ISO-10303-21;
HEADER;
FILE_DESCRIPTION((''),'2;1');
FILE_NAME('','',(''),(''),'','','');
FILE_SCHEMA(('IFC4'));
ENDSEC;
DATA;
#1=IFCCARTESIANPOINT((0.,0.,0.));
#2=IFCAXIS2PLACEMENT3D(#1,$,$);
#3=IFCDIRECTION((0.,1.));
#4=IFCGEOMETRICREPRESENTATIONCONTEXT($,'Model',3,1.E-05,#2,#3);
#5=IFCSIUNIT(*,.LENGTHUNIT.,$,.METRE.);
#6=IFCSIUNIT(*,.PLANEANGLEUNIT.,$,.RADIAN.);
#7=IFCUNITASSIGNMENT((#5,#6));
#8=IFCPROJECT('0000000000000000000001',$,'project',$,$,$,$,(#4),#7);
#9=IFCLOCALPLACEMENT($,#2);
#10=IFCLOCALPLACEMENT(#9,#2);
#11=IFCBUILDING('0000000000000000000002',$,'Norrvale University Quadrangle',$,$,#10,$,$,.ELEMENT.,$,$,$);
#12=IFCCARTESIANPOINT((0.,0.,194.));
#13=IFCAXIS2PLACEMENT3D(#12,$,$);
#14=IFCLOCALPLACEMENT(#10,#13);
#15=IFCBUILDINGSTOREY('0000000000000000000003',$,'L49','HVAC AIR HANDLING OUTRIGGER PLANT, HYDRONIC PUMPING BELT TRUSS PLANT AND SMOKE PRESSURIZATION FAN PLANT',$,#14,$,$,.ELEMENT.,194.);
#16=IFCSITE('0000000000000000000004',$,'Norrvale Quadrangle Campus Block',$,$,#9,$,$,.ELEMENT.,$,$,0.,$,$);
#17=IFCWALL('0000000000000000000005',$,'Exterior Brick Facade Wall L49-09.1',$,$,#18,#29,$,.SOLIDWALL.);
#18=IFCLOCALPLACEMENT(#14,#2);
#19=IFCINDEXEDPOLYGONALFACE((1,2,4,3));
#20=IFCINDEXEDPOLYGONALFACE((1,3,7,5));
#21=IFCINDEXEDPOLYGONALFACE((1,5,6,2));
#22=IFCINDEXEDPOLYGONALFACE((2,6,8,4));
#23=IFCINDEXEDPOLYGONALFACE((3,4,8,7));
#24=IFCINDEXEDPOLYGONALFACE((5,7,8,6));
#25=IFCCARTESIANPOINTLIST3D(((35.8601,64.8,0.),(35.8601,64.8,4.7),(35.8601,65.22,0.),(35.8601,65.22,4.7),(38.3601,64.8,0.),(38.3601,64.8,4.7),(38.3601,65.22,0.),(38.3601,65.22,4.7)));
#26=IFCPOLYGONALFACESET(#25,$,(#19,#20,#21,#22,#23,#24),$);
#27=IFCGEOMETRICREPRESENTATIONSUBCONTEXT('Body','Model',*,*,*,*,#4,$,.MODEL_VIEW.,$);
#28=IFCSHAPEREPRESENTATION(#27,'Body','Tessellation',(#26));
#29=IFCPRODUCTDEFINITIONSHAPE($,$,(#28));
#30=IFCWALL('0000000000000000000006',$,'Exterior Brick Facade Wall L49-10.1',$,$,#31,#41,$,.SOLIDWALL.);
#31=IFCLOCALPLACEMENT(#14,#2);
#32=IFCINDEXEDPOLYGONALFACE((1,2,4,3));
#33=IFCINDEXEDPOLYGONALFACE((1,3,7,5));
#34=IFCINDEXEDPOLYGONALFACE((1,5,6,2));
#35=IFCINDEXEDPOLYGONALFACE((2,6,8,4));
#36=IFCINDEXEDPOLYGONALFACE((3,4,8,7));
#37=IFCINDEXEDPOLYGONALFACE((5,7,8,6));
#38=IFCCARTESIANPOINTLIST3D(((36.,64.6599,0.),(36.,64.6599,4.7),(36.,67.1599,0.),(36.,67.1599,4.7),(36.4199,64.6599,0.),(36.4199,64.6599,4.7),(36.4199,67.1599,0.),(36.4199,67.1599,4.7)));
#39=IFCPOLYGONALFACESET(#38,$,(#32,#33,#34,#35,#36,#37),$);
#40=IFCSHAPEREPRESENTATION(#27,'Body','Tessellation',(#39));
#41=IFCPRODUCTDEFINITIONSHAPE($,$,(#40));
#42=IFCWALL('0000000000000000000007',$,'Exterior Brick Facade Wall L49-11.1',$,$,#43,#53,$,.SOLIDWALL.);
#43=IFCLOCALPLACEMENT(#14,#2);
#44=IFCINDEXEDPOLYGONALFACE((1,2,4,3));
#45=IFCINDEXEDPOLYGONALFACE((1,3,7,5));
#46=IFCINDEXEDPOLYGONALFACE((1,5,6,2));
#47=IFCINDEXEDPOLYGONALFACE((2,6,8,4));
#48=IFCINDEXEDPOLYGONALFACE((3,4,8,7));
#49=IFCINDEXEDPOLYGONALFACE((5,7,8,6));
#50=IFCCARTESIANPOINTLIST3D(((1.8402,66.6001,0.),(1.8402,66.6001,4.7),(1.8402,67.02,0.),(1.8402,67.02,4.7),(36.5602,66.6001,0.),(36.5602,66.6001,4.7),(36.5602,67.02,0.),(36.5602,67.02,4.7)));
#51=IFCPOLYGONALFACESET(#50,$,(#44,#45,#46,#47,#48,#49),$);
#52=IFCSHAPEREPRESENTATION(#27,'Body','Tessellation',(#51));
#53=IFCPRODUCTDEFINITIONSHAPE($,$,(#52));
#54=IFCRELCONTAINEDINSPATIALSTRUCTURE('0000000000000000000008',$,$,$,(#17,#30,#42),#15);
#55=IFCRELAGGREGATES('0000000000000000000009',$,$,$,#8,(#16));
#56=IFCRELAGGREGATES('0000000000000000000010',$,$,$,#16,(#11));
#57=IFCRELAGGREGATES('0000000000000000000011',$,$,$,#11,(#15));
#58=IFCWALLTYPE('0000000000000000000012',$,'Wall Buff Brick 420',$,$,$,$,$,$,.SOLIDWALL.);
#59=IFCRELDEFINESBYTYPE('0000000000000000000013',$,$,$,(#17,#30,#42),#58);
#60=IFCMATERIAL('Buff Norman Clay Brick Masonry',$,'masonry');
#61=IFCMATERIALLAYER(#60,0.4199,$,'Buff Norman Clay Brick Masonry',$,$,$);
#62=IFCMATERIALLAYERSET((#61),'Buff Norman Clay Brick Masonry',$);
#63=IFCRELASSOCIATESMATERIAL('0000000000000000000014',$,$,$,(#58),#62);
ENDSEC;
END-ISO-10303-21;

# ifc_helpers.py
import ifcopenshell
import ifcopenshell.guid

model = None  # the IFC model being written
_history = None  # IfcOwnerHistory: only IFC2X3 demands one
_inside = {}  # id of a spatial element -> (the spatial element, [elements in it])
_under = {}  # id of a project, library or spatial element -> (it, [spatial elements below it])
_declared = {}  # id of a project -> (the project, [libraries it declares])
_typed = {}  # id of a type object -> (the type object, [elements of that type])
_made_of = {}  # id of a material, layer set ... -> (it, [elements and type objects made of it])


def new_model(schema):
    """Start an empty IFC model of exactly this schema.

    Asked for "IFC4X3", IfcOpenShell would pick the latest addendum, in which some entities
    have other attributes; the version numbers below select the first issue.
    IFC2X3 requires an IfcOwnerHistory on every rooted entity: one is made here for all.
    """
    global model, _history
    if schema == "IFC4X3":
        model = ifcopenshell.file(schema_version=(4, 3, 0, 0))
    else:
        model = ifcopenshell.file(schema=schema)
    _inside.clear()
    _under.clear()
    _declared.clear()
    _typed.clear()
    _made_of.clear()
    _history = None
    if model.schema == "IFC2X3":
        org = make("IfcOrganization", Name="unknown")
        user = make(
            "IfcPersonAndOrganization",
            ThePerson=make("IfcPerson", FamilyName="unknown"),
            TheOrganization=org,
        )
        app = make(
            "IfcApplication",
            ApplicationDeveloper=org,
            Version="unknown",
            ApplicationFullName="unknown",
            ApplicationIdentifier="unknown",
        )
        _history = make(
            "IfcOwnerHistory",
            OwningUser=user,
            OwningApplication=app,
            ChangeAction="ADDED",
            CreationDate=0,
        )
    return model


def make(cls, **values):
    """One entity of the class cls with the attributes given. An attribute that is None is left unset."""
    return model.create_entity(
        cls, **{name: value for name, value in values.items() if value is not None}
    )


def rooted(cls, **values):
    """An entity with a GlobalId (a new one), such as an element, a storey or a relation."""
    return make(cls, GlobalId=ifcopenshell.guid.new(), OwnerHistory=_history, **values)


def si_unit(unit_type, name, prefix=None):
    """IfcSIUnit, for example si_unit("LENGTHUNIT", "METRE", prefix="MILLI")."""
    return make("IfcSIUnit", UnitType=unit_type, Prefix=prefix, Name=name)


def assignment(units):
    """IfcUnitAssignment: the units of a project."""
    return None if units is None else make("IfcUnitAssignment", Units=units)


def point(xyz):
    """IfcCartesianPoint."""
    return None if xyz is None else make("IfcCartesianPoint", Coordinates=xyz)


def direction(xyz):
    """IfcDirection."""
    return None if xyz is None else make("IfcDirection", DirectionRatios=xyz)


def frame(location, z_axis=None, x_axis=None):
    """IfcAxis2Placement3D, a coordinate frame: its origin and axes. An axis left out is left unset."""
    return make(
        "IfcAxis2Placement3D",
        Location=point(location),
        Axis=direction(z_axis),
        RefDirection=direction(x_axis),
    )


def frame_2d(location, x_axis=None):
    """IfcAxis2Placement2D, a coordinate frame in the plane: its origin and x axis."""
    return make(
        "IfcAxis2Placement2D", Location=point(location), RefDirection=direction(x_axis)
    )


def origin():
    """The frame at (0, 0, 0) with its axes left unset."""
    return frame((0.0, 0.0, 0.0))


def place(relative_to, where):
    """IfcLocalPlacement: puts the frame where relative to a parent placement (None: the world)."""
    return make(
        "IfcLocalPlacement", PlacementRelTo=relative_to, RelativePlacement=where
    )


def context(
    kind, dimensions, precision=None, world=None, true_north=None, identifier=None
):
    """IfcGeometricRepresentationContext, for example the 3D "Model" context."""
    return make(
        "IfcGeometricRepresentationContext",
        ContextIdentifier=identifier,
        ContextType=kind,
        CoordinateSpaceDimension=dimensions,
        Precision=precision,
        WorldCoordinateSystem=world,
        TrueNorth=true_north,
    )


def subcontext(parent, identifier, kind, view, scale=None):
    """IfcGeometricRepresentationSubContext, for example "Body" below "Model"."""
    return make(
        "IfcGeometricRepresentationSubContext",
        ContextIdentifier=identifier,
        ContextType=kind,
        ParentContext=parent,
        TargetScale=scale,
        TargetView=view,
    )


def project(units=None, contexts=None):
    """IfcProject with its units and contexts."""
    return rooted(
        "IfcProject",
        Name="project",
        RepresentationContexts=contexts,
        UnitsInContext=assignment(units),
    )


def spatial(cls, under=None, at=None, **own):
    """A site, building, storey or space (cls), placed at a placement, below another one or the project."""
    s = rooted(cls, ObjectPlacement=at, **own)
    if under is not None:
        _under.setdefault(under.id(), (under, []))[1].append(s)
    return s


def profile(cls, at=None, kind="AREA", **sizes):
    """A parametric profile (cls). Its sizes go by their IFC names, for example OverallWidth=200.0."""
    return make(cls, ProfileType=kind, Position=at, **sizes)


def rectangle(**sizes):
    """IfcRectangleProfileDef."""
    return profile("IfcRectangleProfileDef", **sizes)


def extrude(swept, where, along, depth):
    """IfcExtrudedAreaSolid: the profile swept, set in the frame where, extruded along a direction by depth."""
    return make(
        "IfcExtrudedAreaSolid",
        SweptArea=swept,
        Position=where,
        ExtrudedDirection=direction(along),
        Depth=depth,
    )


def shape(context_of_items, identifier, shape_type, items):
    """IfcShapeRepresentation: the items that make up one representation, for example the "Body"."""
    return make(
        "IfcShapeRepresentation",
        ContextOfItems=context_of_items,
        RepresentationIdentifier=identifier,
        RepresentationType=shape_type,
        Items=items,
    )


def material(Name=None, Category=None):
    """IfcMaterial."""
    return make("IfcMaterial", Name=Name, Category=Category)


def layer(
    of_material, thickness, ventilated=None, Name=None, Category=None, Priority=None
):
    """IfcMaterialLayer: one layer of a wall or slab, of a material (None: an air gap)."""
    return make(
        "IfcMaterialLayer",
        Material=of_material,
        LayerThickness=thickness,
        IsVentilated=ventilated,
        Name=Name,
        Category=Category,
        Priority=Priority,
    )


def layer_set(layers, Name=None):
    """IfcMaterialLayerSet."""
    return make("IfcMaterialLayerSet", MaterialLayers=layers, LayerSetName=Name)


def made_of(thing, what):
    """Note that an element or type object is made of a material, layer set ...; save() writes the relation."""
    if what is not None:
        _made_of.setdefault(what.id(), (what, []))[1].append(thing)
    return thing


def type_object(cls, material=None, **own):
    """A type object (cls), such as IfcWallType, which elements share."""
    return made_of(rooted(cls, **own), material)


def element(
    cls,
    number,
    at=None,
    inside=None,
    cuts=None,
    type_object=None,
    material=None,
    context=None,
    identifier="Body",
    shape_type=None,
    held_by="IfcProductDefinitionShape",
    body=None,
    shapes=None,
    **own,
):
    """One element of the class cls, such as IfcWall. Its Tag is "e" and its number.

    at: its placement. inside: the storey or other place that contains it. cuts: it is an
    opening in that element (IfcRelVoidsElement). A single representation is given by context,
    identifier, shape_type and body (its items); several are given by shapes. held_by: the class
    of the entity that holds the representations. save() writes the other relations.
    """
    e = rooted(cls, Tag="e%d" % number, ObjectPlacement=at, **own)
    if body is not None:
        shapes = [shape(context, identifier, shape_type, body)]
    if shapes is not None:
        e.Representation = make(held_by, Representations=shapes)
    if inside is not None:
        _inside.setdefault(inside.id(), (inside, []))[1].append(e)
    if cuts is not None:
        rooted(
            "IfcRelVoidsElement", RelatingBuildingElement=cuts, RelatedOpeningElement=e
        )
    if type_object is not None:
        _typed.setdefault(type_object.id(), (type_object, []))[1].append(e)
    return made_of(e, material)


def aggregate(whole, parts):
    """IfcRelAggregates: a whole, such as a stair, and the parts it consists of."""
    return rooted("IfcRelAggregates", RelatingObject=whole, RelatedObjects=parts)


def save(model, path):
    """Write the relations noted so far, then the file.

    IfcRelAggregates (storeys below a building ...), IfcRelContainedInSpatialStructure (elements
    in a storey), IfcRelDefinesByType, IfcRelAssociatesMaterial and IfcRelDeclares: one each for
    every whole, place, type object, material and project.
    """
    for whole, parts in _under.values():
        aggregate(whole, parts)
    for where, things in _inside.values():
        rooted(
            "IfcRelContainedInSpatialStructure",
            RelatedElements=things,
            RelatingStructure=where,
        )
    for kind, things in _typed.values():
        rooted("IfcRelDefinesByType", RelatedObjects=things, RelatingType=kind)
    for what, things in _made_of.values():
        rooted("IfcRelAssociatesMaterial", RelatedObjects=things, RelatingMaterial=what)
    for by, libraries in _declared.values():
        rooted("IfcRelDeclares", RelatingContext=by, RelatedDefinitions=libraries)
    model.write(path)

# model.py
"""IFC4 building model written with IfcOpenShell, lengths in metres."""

from ifc_helpers import new_model, si_unit, direction, frame, frame_2d, origin, place, context, subcontext, project, spatial, rectangle, extrude, material, layer, layer_set, type_object, element, save


model = new_model("IFC4")

# Units and contexts
model_context = context("Model", 3, precision=1e-05, world=origin(), true_north=direction((0.0, 1.0)))
body_context = subcontext(model_context, "Body", "Model", "MODEL_VIEW")
ifc_project = project(units=[si_unit("LENGTHUNIT", "METRE"), si_unit("PLANEANGLEUNIT", "RADIAN")], contexts=[model_context])

# Site, building, storey
site_placement = place(None, origin())
site = spatial("IfcSite", under=ifc_project, at=site_placement, Name="Norrvale Quadrangle Campus Block", CompositionType="ELEMENT", RefElevation=0.0)
building_placement = place(site_placement, origin())
building = spatial("IfcBuilding", under=site, at=building_placement, Name="Norrvale University Quadrangle", CompositionType="ELEMENT")
storey_placement = place(building_placement, frame((0.0, 0.0, 194.0)))
storey = spatial("IfcBuildingStorey", under=building, at=storey_placement, Name="L49", Description="HVAC AIR HANDLING OUTRIGGER PLANT, HYDRONIC PUMPING BELT TRUSS PLANT AND SMOKE PRESSURIZATION FAN PLANT", CompositionType="ELEMENT", Elevation=194.0)

# Walls
ifc_material_1 = material(Name="Buff Norman Clay Brick Masonry", Category="masonry")
ifc_layer_1 = layer(ifc_material_1, 0.4199, Name="Buff Norman Clay Brick Masonry")
ifc_layer_set_1 = layer_set([ifc_layer_1], Name="Buff Norman Clay Brick Masonry")
wall_type = type_object("IfcWallType", Name="Wall Buff Brick 420", PredefinedType="SOLIDWALL", material=ifc_layer_set_1)
for number, where, z_axis, x_axis, name in (
    (1, (38.3601, 65.01, 0.0), (0.0, 0.0, 1.0), (-1.0, 0.0, 0.0), "Exterior Brick Facade Wall L49-09.1"),
    (2, (36.21, 64.6599, 0.0), (0.0, 0.0, 1.0), (0.0, 1.0, 0.0), "Exterior Brick Facade Wall L49-10.1"),
):
    element("IfcWall", number, at=place(storey_placement, frame(where, z_axis=z_axis, x_axis=x_axis)), inside=storey, type_object=wall_type, Name=name, PredefinedType="SOLIDWALL", context=body_context, shape_type="SweptSolid", body=[
        extrude(rectangle(XDim=2.5, YDim=0.4199, at=frame_2d((1.25, 0.0))), origin(), (0.0, 0.0, 1.0), 4.7),
    ])
wall_1_placement = place(storey_placement, frame((36.5601, 66.8101, 0.0), z_axis=(0.0, 0.0, 1.0), x_axis=(-1.0, 0.0, 0.0)))
element("IfcWall", 3, at=wall_1_placement, inside=storey, type_object=wall_type, Name="Exterior Brick Facade Wall L49-11.1", PredefinedType="SOLIDWALL", context=body_context, shape_type="SweptSolid", body=[
    extrude(rectangle(XDim=34.72, YDim=0.4199, at=frame_2d((17.3599, 0.0))), origin(), (0.0, 0.0, 1.0), 4.7),
])

save(model, "model.ifc")
